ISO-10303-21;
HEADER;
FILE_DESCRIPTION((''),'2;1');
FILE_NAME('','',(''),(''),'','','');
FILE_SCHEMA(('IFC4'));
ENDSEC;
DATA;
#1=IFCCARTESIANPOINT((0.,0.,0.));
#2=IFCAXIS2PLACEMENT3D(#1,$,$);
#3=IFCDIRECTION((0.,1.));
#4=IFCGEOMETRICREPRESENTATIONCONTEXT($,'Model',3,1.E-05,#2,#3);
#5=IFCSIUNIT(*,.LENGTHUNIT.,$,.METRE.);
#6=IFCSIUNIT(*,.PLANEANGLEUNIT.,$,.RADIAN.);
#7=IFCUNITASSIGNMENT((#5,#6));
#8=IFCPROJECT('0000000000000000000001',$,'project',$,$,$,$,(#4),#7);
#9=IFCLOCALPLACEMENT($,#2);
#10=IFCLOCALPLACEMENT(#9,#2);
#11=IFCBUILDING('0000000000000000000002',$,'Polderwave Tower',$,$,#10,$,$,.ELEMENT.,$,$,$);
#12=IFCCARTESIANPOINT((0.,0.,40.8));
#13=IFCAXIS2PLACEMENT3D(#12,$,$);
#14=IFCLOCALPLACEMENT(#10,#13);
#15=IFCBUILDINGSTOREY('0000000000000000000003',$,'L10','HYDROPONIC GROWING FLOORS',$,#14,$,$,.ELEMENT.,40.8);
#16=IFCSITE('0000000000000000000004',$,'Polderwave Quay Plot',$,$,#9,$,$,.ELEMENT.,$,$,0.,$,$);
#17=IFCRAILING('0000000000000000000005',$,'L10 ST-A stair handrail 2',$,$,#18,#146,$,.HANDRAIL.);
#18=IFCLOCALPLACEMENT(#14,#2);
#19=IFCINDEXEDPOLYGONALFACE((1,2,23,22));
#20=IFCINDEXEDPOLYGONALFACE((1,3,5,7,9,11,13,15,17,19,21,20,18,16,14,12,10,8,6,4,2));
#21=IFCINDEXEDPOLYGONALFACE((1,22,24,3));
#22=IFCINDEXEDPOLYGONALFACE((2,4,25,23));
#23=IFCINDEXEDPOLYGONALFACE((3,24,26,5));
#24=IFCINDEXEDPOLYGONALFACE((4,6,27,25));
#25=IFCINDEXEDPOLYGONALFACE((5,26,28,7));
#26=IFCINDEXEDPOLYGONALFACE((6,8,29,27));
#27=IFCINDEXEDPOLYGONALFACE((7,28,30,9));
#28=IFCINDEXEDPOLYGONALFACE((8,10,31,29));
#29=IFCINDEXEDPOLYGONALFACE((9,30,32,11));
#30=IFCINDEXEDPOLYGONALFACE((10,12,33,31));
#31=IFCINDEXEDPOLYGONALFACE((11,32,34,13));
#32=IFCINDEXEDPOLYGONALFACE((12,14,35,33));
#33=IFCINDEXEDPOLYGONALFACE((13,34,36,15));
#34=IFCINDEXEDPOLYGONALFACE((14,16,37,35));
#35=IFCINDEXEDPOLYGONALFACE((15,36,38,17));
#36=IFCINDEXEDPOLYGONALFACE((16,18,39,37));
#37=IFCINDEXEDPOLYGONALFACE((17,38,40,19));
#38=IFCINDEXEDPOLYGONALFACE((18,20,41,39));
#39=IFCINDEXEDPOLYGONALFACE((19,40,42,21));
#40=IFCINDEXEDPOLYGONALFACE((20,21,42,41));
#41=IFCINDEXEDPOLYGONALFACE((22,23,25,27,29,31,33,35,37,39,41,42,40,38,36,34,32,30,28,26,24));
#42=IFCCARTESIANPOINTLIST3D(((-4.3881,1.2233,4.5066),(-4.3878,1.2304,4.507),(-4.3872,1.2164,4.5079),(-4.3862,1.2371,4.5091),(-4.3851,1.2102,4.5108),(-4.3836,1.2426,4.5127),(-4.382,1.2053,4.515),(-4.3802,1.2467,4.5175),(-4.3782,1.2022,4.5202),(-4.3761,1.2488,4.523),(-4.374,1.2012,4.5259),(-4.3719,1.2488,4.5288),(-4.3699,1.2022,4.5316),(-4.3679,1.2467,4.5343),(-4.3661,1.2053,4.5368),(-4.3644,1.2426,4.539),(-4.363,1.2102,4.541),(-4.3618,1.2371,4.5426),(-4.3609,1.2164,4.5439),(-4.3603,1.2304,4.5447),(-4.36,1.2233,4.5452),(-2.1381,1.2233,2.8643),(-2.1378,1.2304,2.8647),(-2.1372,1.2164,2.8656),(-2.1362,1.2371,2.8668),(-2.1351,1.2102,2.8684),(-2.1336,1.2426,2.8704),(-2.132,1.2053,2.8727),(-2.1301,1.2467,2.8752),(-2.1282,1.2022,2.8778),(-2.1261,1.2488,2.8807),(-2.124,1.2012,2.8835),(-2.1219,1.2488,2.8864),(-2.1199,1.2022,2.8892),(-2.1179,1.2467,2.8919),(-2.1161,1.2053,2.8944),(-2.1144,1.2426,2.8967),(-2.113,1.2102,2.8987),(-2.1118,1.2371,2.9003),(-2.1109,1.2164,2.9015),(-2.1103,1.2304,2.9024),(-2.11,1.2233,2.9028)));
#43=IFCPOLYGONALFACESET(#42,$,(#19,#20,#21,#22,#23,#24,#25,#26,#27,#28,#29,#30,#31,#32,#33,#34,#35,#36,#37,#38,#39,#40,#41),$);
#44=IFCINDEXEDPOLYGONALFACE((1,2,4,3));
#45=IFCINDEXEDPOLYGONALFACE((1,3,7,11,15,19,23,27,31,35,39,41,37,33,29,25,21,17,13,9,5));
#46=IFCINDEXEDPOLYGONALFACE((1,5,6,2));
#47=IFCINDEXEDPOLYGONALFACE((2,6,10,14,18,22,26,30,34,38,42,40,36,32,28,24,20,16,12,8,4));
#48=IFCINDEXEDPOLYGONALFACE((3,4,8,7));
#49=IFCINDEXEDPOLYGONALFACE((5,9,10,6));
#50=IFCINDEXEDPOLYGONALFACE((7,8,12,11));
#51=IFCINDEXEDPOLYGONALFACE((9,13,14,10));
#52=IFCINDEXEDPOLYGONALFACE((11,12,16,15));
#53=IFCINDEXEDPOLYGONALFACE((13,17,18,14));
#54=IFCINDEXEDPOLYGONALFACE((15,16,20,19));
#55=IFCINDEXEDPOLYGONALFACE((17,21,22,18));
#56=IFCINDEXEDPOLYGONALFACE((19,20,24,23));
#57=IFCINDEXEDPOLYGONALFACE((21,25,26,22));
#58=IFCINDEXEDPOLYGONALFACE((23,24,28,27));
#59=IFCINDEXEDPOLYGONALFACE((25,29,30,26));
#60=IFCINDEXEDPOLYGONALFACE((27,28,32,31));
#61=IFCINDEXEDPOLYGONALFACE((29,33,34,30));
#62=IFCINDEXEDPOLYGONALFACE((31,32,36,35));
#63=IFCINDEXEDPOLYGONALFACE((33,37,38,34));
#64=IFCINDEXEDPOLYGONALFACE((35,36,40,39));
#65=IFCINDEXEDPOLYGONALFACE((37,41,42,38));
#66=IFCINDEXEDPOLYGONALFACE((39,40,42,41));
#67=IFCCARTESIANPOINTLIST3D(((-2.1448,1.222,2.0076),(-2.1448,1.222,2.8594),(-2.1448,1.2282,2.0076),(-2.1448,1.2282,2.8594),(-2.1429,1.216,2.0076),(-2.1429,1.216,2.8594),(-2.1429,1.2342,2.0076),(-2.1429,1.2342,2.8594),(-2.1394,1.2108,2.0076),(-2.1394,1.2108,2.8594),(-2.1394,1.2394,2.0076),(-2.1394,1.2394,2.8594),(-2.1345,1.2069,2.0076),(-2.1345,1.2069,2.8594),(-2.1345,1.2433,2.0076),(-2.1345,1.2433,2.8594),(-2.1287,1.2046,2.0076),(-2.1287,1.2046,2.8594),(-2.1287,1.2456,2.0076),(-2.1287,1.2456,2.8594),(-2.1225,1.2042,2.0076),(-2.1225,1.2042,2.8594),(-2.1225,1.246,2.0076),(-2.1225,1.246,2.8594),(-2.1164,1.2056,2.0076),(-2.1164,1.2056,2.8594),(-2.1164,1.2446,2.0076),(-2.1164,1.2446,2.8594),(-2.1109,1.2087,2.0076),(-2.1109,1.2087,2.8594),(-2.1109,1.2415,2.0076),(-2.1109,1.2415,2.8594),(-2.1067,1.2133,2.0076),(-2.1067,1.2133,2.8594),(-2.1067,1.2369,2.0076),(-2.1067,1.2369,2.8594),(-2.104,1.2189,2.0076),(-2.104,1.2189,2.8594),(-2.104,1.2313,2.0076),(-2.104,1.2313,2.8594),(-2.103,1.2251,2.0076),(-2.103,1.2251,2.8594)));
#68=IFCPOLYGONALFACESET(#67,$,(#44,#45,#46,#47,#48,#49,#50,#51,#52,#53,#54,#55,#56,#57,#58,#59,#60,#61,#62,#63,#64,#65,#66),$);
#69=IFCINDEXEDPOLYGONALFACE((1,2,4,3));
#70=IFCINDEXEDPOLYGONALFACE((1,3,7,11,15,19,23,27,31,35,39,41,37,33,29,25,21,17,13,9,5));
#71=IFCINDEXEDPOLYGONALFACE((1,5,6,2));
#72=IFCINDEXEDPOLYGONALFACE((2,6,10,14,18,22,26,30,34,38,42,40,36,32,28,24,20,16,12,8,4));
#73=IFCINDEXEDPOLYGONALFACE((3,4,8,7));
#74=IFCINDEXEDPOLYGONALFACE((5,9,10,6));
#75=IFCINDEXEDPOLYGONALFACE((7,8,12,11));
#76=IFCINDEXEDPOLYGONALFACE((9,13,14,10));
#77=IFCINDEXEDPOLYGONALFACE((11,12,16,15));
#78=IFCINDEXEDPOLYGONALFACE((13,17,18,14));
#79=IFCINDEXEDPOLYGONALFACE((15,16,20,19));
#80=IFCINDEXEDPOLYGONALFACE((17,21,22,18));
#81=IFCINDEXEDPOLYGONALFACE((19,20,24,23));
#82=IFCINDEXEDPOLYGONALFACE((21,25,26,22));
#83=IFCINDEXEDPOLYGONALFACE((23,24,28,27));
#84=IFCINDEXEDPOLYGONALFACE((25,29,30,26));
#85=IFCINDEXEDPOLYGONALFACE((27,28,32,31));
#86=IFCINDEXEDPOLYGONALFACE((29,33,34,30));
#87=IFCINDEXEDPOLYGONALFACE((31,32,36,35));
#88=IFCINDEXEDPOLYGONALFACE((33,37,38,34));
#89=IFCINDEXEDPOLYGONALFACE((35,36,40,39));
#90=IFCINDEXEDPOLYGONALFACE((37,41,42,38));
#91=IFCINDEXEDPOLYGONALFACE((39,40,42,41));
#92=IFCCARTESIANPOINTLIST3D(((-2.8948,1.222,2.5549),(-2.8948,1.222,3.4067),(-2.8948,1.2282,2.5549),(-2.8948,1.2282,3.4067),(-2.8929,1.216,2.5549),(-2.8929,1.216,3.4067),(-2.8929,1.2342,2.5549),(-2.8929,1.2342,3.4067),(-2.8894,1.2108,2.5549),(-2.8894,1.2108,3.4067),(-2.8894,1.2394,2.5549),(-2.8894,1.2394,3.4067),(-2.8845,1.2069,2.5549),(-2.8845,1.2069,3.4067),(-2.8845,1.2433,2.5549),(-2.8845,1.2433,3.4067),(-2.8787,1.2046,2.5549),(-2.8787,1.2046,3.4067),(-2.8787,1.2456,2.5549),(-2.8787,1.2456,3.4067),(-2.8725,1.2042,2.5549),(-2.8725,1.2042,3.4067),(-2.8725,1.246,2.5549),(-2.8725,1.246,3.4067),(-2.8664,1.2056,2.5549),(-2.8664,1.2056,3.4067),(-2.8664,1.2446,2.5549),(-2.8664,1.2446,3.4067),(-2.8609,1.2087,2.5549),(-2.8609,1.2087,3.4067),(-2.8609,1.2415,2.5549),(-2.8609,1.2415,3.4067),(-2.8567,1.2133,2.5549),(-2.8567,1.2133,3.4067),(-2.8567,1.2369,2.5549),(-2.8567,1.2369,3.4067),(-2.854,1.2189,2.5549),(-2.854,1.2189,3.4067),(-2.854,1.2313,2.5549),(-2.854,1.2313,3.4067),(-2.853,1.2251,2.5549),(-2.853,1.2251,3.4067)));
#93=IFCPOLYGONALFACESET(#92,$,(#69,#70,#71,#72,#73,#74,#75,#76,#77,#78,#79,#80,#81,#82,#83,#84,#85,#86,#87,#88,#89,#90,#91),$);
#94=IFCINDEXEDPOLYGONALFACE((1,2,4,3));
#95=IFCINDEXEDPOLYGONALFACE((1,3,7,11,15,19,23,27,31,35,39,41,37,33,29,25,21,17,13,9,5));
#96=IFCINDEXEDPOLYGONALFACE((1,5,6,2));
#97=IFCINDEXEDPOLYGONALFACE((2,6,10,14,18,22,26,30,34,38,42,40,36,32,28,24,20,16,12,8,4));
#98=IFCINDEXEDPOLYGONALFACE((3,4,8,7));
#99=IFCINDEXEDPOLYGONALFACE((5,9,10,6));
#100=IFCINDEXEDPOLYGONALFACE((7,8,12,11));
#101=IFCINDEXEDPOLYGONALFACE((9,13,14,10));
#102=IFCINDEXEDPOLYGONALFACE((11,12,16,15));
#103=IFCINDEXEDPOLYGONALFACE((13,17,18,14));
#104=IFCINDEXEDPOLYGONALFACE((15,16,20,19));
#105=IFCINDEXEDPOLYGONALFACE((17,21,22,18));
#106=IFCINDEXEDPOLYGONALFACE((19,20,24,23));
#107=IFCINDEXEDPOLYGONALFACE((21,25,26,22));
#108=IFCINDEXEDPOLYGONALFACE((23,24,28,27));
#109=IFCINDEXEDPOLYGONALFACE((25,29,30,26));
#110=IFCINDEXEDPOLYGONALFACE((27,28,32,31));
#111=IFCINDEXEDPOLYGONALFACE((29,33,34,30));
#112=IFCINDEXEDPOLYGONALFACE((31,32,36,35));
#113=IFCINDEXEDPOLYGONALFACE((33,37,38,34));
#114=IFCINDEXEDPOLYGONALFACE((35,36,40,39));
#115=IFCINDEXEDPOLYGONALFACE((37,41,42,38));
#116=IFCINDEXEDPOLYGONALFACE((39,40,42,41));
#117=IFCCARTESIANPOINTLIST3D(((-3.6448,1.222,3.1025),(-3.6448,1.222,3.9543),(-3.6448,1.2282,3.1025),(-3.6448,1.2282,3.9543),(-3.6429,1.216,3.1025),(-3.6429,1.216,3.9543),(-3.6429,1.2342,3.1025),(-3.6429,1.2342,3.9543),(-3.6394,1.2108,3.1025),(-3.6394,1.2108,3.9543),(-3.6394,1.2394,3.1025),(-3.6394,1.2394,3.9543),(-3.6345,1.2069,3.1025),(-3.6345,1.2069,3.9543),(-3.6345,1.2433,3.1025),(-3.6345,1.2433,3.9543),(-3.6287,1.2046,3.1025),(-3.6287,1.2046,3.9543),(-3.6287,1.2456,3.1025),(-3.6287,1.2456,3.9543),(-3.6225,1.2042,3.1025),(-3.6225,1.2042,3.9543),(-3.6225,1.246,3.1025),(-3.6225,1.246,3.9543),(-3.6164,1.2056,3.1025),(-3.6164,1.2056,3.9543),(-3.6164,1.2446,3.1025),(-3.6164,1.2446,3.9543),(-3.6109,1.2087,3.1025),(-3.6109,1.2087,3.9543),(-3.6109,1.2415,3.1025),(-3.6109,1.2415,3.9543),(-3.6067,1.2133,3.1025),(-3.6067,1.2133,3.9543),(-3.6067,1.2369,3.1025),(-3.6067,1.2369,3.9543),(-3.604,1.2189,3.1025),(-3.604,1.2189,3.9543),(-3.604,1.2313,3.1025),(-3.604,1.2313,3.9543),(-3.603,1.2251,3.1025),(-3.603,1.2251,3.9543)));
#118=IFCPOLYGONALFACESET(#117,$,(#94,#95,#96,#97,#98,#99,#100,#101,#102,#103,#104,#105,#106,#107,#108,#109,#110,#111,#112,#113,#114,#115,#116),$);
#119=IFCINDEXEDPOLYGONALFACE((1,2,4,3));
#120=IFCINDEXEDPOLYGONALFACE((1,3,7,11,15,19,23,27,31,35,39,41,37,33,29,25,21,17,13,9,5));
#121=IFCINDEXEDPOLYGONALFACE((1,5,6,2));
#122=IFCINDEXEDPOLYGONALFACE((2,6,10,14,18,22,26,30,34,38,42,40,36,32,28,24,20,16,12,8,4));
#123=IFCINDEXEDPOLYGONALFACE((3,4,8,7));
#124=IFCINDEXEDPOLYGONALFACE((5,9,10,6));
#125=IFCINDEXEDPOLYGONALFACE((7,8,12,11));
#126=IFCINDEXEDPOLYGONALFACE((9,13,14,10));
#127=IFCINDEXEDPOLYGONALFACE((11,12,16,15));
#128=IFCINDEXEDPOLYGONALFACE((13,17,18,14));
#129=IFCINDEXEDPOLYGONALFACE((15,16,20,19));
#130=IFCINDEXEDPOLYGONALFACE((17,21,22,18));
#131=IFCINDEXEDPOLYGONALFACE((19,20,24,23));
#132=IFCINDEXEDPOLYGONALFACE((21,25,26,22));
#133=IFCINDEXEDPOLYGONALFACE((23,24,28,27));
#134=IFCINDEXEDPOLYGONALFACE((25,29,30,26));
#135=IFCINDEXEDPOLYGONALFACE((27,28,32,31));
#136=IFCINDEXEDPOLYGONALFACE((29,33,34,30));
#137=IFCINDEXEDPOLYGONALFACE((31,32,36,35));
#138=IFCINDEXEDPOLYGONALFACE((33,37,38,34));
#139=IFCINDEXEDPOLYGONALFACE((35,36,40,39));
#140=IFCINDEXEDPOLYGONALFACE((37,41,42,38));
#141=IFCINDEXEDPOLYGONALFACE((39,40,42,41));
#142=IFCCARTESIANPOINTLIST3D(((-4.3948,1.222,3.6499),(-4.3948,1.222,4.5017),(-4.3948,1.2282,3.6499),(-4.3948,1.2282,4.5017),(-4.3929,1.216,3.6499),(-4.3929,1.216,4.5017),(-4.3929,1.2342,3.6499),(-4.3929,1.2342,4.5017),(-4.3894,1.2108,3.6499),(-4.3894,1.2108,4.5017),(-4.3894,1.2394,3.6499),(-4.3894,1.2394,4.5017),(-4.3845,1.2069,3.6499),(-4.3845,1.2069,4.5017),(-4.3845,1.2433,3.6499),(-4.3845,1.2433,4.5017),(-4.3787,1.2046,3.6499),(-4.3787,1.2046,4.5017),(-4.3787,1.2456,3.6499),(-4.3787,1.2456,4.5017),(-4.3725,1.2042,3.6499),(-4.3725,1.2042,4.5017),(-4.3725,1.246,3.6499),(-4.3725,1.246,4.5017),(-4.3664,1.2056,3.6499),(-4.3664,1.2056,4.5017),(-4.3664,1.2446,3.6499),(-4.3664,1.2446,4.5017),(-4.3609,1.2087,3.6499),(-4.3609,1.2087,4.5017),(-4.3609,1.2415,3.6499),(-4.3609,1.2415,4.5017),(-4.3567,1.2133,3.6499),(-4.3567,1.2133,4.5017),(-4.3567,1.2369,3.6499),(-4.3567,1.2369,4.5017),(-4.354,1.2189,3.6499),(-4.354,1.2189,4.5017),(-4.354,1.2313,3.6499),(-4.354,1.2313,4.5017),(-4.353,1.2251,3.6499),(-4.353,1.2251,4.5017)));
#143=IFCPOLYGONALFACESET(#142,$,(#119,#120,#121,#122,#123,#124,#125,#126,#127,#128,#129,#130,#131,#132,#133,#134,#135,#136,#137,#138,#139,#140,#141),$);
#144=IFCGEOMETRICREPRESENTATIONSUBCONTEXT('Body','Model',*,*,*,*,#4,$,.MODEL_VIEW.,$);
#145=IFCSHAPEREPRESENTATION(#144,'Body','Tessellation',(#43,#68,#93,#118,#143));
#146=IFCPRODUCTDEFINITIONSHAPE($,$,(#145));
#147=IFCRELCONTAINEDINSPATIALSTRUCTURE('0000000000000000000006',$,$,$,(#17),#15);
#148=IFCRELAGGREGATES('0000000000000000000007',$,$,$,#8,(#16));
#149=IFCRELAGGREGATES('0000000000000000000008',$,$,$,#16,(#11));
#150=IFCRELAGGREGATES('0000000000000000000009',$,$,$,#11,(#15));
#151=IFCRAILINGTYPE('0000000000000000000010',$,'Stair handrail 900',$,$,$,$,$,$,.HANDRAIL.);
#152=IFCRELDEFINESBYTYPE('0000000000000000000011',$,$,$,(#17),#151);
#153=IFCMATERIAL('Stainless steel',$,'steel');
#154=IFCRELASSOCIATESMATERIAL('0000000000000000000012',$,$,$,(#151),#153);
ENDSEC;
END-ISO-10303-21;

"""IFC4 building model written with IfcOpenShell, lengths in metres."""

from ifc_helpers import new_model, si_unit, direction, frame, origin, origin_2d, place, context, subcontext, project, spatial, circle, extrude, material, type_object, element, save


model = new_model("IFC4")

# Units and contexts
model_context = context("Model", 3, precision=1e-05, world=origin(), true_north=direction((0.0, 1.0)))
body_context = subcontext(model_context, "Body", "Model", "MODEL_VIEW")
ifc_project = project(units=[si_unit("LENGTHUNIT", "METRE"), si_unit("PLANEANGLEUNIT", "RADIAN")], contexts=[model_context])

# Site, building, storey
site_placement = place(None, origin())
site = spatial("IfcSite", under=ifc_project, at=site_placement, Name="Polderwave Quay Plot", CompositionType="ELEMENT", RefElevation=0.0)
building_placement = place(site_placement, origin())
building = spatial("IfcBuilding", under=site, at=building_placement, Name="Polderwave Tower", CompositionType="ELEMENT")
storey_placement = place(building_placement, frame((0.0, 0.0, 40.8)))
storey = spatial("IfcBuildingStorey", under=building, at=storey_placement, Name="L10", Description="HYDROPONIC GROWING FLOORS", CompositionType="ELEMENT", Elevation=40.8)

# Railing
ifc_material_1 = material(Name="Stainless steel", Category="steel")
railing_type_1 = type_object("IfcRailingType", Name="Stair handrail 900", PredefinedType="HANDRAIL", material=ifc_material_1)
railing_1_placement = place(storey_placement, frame((-2.124, 1.2251, 2.0076)))
element("IfcRailing", 1, at=railing_1_placement, inside=storey, type_object=railing_type_1, Name="L10 ST-A stair handrail 2", PredefinedType="HANDRAIL", context=body_context, shape_type="SweptSolid", body=[
    extrude(circle(Radius=0.0239, at=origin_2d()), frame((0.0, 0.0, 0.876), z_axis=(-0.807715, 0.0, 0.589573), x_axis=(0.0, -1.0, 0.0)), (0.0, 0.0, 1.0), 2.7856),
    extrude(circle(Radius=0.021, at=origin_2d()), origin(), (0.0, 0.0, 1.0), 0.8518),
    extrude(circle(Radius=0.021, at=origin_2d()), frame((-0.75, 0.0, 0.5474)), (0.0, 0.0, 1.0), 0.8518),
    extrude(circle(Radius=0.021, at=origin_2d()), frame((-1.5, 0.0, 1.095)), (0.0, 0.0, 1.0), 0.8518),
    extrude(circle(Radius=0.021, at=origin_2d()), frame((-2.25, 0.0, 1.6423)), (0.0, 0.0, 1.0), 0.8518),
])

save(model, "model.ifc")
